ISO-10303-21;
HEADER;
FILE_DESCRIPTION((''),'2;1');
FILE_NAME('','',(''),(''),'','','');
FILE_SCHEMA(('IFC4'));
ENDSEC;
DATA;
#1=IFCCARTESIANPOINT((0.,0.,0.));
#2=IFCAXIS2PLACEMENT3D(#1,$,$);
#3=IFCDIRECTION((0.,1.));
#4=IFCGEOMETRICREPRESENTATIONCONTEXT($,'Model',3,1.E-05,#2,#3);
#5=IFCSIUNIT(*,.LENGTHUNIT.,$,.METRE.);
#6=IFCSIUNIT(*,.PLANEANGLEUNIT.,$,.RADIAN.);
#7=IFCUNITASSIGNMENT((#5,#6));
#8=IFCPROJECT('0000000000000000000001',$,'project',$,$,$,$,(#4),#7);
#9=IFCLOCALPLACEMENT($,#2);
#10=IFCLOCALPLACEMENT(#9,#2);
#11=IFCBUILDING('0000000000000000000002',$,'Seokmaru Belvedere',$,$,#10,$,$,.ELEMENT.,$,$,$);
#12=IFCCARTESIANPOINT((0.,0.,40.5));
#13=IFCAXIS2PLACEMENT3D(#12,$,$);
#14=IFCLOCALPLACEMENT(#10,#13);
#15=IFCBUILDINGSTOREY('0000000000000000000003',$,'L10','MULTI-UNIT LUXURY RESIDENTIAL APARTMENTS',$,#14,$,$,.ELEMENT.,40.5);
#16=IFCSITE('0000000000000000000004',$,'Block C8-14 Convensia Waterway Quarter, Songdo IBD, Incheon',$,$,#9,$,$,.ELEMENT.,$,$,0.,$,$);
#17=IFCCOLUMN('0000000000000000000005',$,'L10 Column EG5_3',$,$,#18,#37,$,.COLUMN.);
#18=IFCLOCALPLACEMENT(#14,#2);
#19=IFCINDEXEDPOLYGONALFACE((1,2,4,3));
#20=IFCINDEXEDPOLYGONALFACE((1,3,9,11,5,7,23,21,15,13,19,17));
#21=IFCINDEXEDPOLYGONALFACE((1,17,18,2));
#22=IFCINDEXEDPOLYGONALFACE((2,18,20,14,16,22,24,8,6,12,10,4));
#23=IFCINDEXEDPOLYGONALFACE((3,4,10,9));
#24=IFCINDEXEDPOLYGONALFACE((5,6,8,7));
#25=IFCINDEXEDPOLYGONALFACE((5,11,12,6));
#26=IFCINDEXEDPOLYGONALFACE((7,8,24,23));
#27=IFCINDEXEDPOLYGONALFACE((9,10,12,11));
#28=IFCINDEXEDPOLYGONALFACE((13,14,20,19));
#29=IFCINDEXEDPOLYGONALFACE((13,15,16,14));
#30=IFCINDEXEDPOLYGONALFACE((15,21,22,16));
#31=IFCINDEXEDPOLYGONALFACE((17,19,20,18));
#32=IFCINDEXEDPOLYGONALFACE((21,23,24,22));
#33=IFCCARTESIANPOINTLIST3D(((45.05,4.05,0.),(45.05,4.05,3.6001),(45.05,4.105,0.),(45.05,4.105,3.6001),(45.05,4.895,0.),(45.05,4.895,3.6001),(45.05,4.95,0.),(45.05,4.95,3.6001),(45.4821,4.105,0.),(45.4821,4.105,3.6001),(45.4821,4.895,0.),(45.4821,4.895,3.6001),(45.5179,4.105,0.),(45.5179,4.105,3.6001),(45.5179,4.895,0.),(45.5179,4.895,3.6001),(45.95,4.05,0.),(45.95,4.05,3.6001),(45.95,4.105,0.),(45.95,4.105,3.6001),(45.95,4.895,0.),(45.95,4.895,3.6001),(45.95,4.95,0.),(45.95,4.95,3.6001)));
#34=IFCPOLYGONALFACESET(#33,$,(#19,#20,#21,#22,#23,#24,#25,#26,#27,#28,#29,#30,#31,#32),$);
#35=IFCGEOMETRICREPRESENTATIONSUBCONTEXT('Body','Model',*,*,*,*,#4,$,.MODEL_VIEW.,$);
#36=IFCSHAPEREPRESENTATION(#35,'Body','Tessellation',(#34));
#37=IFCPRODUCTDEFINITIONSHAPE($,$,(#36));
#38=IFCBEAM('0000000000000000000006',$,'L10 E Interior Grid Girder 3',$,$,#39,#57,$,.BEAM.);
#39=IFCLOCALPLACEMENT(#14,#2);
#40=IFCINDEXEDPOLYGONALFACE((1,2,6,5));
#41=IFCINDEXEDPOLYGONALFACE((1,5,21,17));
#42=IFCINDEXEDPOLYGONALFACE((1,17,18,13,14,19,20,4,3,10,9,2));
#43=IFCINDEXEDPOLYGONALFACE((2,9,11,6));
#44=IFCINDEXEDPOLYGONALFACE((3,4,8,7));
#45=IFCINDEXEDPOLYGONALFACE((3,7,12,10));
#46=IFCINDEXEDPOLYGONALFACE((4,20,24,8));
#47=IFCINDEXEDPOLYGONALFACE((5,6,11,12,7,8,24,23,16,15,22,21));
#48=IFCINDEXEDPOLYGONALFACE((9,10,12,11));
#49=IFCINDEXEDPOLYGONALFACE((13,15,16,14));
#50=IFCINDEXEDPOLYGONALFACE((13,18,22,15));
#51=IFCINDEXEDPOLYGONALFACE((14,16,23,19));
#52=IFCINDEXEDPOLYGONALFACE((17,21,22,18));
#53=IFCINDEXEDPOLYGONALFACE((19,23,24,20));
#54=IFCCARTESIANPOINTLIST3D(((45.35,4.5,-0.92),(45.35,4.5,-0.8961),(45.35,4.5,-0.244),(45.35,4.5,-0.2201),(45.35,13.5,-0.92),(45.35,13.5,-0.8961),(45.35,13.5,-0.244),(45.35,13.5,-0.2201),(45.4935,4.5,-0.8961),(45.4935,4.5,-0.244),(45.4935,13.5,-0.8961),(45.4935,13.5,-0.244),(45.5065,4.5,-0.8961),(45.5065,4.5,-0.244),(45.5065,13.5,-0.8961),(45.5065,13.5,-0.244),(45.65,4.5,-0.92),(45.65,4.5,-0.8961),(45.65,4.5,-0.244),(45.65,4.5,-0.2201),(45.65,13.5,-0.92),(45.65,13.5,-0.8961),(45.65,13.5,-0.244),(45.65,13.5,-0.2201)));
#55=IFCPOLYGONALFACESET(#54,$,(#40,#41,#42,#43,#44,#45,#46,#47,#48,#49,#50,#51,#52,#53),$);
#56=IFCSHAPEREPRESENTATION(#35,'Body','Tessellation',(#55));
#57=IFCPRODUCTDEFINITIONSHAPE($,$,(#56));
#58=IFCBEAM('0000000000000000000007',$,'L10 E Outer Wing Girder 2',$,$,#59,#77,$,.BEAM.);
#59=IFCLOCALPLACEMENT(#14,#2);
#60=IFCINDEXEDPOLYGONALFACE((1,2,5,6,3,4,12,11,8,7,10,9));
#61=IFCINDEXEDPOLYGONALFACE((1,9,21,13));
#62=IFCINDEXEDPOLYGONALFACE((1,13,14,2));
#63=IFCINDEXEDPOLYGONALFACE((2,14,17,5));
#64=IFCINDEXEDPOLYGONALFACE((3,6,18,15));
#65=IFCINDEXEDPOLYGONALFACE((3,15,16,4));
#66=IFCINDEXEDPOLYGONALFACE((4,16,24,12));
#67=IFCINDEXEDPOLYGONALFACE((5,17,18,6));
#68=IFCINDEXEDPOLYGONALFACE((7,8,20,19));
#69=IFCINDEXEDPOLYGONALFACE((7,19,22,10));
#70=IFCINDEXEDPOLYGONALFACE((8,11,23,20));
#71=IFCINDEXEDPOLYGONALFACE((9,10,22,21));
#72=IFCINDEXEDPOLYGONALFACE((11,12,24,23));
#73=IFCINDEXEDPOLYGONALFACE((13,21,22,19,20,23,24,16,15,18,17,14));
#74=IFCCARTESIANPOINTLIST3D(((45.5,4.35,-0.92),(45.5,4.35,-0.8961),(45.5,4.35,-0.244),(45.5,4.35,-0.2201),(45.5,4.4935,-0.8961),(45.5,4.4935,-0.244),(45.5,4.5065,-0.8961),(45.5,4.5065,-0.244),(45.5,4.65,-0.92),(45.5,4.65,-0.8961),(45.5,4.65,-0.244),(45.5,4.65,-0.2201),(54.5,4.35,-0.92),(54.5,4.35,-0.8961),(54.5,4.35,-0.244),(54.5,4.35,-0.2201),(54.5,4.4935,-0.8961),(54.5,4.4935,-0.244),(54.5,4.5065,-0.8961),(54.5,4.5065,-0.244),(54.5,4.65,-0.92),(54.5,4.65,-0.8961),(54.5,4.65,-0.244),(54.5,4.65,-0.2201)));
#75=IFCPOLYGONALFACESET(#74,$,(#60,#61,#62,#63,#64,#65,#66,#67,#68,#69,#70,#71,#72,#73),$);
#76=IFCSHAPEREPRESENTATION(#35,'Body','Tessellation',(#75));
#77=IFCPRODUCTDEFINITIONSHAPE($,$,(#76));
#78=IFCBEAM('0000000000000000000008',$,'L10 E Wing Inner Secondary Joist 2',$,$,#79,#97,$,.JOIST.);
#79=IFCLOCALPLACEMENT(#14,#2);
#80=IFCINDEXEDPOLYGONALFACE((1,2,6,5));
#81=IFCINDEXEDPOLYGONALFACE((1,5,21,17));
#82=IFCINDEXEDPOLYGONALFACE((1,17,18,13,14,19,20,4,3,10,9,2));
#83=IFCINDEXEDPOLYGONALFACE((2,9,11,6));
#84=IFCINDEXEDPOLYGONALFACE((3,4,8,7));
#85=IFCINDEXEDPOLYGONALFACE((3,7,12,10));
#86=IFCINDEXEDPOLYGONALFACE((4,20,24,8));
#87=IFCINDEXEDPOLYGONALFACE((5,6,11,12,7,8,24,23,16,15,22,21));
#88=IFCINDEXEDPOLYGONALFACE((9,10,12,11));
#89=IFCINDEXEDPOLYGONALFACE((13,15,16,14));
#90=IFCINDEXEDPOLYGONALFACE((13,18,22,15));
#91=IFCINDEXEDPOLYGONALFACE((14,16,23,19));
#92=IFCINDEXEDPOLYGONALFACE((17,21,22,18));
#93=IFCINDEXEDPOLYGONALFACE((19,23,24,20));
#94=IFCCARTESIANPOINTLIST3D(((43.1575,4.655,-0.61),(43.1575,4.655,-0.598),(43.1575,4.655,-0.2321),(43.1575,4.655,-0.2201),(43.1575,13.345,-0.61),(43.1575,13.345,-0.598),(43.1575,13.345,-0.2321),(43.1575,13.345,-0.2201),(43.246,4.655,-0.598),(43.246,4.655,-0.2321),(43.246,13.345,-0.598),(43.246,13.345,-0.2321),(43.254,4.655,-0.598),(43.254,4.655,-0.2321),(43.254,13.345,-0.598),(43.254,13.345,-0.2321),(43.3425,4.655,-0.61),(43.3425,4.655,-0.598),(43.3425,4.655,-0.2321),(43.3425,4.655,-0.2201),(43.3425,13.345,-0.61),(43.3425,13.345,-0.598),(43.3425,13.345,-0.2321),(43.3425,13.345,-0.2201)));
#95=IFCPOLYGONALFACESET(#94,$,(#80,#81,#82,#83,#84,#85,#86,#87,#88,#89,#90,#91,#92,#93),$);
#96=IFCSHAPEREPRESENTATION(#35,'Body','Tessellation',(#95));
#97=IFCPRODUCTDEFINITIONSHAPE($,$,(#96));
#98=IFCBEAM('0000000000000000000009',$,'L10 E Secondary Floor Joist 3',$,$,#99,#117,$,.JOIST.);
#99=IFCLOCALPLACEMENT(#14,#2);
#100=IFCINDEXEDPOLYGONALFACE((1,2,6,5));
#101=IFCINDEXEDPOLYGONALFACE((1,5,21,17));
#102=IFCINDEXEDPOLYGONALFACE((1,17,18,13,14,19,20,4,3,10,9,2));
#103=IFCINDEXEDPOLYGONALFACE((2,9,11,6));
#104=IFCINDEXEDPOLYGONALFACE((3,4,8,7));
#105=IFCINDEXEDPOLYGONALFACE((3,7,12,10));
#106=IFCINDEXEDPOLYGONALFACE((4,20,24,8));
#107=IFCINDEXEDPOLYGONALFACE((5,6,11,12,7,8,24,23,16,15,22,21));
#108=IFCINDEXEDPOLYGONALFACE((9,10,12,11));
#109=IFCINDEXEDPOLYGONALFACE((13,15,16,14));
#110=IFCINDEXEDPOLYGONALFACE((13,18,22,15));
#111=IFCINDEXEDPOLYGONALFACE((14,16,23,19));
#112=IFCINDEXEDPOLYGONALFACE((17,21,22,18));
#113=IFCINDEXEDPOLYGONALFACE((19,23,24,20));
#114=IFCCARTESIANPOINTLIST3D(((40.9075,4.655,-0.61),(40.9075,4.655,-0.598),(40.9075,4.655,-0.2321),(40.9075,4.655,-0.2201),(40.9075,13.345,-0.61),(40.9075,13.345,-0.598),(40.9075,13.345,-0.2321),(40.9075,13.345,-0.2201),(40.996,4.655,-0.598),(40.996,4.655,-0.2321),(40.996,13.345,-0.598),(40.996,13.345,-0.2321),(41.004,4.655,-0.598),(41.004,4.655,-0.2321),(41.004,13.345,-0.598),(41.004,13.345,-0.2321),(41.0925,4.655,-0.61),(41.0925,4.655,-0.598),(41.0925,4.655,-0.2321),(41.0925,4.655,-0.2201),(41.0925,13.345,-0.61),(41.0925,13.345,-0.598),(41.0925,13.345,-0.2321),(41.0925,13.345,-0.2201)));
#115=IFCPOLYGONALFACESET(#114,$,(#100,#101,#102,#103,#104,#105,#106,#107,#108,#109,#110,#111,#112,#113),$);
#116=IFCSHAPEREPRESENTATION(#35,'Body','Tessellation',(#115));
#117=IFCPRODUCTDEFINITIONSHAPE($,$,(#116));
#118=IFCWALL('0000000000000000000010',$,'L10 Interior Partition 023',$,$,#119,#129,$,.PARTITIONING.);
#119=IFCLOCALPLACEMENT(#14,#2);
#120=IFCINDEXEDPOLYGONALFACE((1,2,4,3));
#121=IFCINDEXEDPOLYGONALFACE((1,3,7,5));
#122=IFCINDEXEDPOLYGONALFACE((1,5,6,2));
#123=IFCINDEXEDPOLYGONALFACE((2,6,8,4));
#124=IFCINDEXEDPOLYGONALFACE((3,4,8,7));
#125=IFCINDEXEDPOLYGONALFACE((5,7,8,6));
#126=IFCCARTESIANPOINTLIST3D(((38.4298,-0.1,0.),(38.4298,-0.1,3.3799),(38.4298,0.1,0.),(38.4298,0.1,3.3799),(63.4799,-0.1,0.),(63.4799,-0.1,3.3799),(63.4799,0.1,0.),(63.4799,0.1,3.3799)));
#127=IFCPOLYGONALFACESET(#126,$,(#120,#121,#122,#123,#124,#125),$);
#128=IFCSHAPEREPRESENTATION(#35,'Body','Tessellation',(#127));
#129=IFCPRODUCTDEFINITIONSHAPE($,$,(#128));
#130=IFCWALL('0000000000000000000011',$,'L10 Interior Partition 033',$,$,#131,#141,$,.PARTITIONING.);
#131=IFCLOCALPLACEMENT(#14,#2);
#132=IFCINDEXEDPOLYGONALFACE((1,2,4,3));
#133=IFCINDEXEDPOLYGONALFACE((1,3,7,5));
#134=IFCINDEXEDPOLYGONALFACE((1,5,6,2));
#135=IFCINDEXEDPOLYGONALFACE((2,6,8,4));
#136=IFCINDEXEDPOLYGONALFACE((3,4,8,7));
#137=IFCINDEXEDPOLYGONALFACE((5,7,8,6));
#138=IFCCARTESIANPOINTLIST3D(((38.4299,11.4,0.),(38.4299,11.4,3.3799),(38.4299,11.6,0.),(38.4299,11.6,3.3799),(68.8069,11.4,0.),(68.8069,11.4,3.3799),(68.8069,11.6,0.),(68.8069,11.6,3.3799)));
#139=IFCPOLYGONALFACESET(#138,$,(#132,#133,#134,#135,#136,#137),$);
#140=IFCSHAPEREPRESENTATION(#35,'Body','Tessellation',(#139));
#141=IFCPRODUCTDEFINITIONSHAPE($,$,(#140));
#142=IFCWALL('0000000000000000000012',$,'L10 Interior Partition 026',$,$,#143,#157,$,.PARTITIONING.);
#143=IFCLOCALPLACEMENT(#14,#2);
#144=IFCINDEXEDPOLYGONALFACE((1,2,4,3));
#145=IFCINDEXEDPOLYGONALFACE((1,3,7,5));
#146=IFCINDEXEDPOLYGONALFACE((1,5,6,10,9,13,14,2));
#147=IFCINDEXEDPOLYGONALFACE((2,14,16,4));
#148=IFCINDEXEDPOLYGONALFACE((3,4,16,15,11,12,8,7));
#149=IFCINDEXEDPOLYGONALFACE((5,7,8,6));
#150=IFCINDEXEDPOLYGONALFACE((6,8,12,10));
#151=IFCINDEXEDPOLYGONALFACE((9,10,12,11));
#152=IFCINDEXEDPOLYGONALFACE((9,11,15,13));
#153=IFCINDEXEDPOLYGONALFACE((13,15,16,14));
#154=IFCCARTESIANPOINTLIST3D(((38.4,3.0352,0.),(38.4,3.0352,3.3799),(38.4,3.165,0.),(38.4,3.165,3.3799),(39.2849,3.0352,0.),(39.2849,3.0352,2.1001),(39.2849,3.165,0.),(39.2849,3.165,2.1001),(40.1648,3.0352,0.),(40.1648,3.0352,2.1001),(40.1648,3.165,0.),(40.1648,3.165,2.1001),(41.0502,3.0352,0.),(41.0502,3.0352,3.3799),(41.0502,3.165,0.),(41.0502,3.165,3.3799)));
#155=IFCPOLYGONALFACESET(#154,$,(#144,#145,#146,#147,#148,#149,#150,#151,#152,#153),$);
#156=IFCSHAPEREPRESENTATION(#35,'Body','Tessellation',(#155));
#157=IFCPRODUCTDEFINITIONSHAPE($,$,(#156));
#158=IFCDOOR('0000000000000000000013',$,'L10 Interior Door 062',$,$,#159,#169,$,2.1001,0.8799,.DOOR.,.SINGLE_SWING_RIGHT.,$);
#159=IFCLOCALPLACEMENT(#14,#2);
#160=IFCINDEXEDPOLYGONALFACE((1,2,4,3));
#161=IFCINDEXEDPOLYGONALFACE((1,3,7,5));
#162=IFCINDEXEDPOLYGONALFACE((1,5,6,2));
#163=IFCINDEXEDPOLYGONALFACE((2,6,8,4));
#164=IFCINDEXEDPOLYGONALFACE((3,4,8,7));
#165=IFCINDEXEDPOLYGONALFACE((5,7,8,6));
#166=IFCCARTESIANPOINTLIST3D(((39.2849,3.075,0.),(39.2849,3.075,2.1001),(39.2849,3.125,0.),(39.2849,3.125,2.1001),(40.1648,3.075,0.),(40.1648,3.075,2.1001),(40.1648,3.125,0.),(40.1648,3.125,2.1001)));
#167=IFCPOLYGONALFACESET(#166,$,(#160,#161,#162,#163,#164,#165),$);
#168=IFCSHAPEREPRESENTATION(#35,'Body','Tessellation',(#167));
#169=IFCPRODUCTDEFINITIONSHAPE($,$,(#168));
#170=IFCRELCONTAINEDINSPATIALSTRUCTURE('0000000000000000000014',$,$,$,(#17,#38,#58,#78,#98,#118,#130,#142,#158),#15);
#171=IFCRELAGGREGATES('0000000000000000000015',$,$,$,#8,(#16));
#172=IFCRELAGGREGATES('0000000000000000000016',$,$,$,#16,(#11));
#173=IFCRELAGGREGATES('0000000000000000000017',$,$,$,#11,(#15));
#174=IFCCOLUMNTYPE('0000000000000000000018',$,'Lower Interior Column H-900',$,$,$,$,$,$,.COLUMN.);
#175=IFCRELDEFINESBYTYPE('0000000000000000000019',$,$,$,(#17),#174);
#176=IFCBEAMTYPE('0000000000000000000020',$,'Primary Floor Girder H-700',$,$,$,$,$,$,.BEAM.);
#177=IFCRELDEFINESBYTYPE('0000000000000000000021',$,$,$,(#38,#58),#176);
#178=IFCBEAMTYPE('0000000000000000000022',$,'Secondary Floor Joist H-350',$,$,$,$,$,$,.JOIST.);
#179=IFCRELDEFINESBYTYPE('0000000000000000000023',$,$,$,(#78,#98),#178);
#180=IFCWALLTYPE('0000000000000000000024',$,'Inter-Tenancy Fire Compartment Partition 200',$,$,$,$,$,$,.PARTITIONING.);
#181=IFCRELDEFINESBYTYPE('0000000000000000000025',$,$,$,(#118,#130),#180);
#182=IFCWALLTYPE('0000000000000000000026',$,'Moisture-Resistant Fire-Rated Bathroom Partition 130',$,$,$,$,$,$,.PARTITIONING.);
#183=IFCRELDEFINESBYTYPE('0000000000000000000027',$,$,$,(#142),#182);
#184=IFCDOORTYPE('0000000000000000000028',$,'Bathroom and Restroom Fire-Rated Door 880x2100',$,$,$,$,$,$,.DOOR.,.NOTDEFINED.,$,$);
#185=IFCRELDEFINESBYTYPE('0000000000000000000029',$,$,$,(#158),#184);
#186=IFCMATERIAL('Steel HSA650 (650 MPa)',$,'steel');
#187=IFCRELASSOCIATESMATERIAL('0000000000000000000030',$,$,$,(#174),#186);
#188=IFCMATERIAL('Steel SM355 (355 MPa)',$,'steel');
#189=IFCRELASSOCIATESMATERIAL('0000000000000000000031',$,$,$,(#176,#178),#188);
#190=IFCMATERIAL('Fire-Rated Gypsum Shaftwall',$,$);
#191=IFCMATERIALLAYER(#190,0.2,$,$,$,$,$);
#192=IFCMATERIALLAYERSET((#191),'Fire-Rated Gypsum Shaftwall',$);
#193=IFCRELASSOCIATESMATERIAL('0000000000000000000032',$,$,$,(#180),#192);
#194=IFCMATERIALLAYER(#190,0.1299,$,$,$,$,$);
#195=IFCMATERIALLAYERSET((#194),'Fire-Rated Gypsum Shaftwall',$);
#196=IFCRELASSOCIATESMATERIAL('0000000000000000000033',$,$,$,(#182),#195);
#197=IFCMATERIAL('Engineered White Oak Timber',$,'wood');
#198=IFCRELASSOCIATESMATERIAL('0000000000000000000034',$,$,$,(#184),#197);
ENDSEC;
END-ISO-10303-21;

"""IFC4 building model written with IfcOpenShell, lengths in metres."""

from ifc_helpers import new_model, si_unit, direction, frame, frame_2d, origin, origin_2d, place, context, subcontext, project, spatial, rectangle, i_section, extrude, source, transform, mapped, material, layer, layer_set, material_profile, profile_set, type_object, type_shapes, element, fill, save


model = new_model("IFC4")

# Units and contexts
model_context = context("Model", 3, precision=1e-05, world=origin(), true_north=direction((0.0, 1.0)))
body_context = subcontext(model_context, "Body", "Model", "MODEL_VIEW")
ifc_project = project(units=[si_unit("LENGTHUNIT", "METRE"), si_unit("PLANEANGLEUNIT", "RADIAN")], contexts=[model_context])

# Site, building, storey
site_placement = place(None, origin())
site = spatial("IfcSite", under=ifc_project, at=site_placement, Name="Block C8-14 Convensia Waterway Quarter, Songdo IBD, Incheon", CompositionType="ELEMENT", RefElevation=0.0)
building_placement = place(site_placement, origin())
building = spatial("IfcBuilding", under=site, at=building_placement, Name="Seokmaru Belvedere", CompositionType="ELEMENT")
storey_placement = place(building_placement, frame((0.0, 0.0, 40.5)))
storey = spatial("IfcBuildingStorey", under=building, at=storey_placement, Name="L10", Description="MULTI-UNIT LUXURY RESIDENTIAL APARTMENTS", CompositionType="ELEMENT", Elevation=40.5)

# Column
ifc_material_1 = material(Name="Steel HSA650 (650 MPa)", Category="steel")
ifc_material_profile_1 = material_profile(ifc_material_1, i_section(OverallWidth=0.8999, OverallDepth=0.8999, WebThickness=0.0359, FlangeThickness=0.0549, at=origin_2d()), Name="H-900x900x36x55")
ifc_profile_set_1 = profile_set([ifc_material_profile_1], Name="Steel HSA650 (650 MPa)")
column_type = type_object("IfcColumnType", Name="Lower Interior Column H-900", PredefinedType="COLUMN", material=ifc_profile_set_1)
shared_shape_1 = source(origin(), body_context, "Body", "SweptSolid", [
    extrude(i_section(OverallWidth=0.8999, OverallDepth=0.8999, WebThickness=0.0359, FlangeThickness=0.0549, at=origin_2d()), origin(), (0.0, 0.0, 1.0), 3.6001),
])
type_shapes(column_type, [shared_shape_1])
column_placement = place(storey_placement, frame((45.5, 4.5, 0.0), z_axis=(0.0, 0.0, 1.0), x_axis=(1.0, 0.0, 0.0)))
element("IfcColumn", 1, at=column_placement, inside=storey, type_object=column_type, Name="L10 Column EG5_3", PredefinedType="COLUMN", context=body_context, shape_type="MappedRepresentation", body=[
    mapped(shared_shape_1, transform((0.0, 0.0, 0.0), scale=1.0)),
])

# Beams
ifc_material_2 = material(Name="Steel SM355 (355 MPa)", Category="steel")
ifc_material_profile_2 = material_profile(ifc_material_2, i_section(OverallWidth=0.3, OverallDepth=0.7, WebThickness=0.0129, FlangeThickness=0.0239, at=origin_2d()), Name="H-700x300x13x24")
ifc_profile_set_2 = profile_set([ifc_material_profile_2], Name="Steel SM355 (355 MPa)")
beam_type_1 = type_object("IfcBeamType", Name="Primary Floor Girder H-700", PredefinedType="BEAM", material=ifc_profile_set_2)
shared_shape_2 = source(origin(), body_context, "Body", "SweptSolid", [
    extrude(i_section(OverallWidth=0.3, OverallDepth=0.7, WebThickness=0.0129, FlangeThickness=0.0239, at=origin_2d()), origin(), (0.0, 0.0, 1.0), 9.0),
])
type_shapes(beam_type_1, [shared_shape_2])
for number, where, z_axis, x_axis, name in (
    (2, (45.5, 4.5, -0.5701), (0.0, 1.0, 0.0), (-1.0, 0.0, 0.0), "L10 E Interior Grid Girder 3"),
    (3, (45.5, 4.5, -0.5701), (1.0, 0.0, 0.0), (0.0, 1.0, 0.0), "L10 E Outer Wing Girder 2"),
):
    element("IfcBeam", number, at=place(storey_placement, frame(where, z_axis=z_axis, x_axis=x_axis)), inside=storey, type_object=beam_type_1, Name=name, PredefinedType="BEAM", context=body_context, shape_type="MappedRepresentation", body=[
        mapped(shared_shape_2, transform((0.0, 0.0, 0.0), scale=1.0)),
    ])
ifc_material_profile_3 = material_profile(ifc_material_2, i_section(OverallWidth=0.1851, OverallDepth=0.3899, WebThickness=0.0081, FlangeThickness=0.012, at=origin_2d()), Name="H-390x185x8x12")
ifc_profile_set_3 = profile_set([ifc_material_profile_3], Name="Steel SM355 (355 MPa)")
beam_type_2 = type_object("IfcBeamType", Name="Secondary Floor Joist H-350", PredefinedType="JOIST", material=ifc_profile_set_3)
shared_shape_3 = source(origin(), body_context, "Body", "SweptSolid", [
    extrude(i_section(OverallWidth=0.1851, OverallDepth=0.3899, WebThickness=0.0081, FlangeThickness=0.012, at=origin_2d()), origin(), (0.0, 0.0, 1.0), 8.6899),
])
type_shapes(beam_type_2, [shared_shape_3])
for number, where, z_axis, x_axis, name in (
    (4, (43.25, 4.655, -0.415), (0.0, 1.0, 0.0), (-1.0, 0.0, 0.0), "L10 E Wing Inner Secondary Joist 2"),
    (5, (41.0, 4.655, -0.415), (0.0, 1.0, 0.0), (-1.0, 0.0, 0.0), "L10 E Secondary Floor Joist 3"),
):
    element("IfcBeam", number, at=place(storey_placement, frame(where, z_axis=z_axis, x_axis=x_axis)), inside=storey, type_object=beam_type_2, Name=name, PredefinedType="JOIST", context=body_context, shape_type="MappedRepresentation", body=[
        mapped(shared_shape_3, transform((0.0, 0.0, 0.0), scale=1.0)),
    ])

# Shared definitions
ifc_material_3 = material(Name="Fire-Rated Gypsum Shaftwall")

# Walls
ifc_layer_1 = layer(ifc_material_3, 0.2)
ifc_layer_set_1 = layer_set([ifc_layer_1], Name="Fire-Rated Gypsum Shaftwall")
wall_type_1 = type_object("IfcWallType", Name="Inter-Tenancy Fire Compartment Partition 200", PredefinedType="PARTITIONING", material=ifc_layer_set_1)
wall_1_placement = place(storey_placement, frame((38.4299, 0.0, 0.0), z_axis=(0.0, 0.0, 1.0), x_axis=(1.0, 0.0, 0.0)))
element("IfcWall", 6, at=wall_1_placement, inside=storey, type_object=wall_type_1, Name="L10 Interior Partition 023", PredefinedType="PARTITIONING", context=body_context, shape_type="SweptSolid", body=[
    extrude(rectangle(XDim=25.05, YDim=0.2, at=frame_2d((12.5249, 0.0))), origin(), (0.0, 0.0, 1.0), 3.3799),
])
wall_2_placement = place(storey_placement, frame((38.4299, 11.5, 0.0), z_axis=(0.0, 0.0, 1.0), x_axis=(1.0, 0.0, 0.0)))
element("IfcWall", 7, at=wall_2_placement, inside=storey, type_object=wall_type_1, Name="L10 Interior Partition 033", PredefinedType="PARTITIONING", context=body_context, shape_type="SweptSolid", body=[
    extrude(rectangle(XDim=30.377, YDim=0.2, at=frame_2d((15.1885, 0.0))), origin(), (0.0, 0.0, 1.0), 3.3799),
])

# Wall, opening, door
ifc_layer_2 = layer(ifc_material_3, 0.1299)
ifc_layer_set_2 = layer_set([ifc_layer_2], Name="Fire-Rated Gypsum Shaftwall")
wall_type_2 = type_object("IfcWallType", Name="Moisture-Resistant Fire-Rated Bathroom Partition 130", PredefinedType="PARTITIONING", material=ifc_layer_set_2)
wall_3_placement = place(storey_placement, frame((38.3999, 3.1001, 0.0), z_axis=(0.0, 0.0, 1.0), x_axis=(1.0, 0.0, 0.0)))
wall_3 = element("IfcWall", 8, at=wall_3_placement, inside=storey, type_object=wall_type_2, Name="L10 Interior Partition 026", PredefinedType="PARTITIONING", context=body_context, shape_type="SweptSolid", body=[
    extrude(rectangle(XDim=2.6501, YDim=0.1299, at=frame_2d((1.3252, 0.0))), origin(), (0.0, 0.0, 1.0), 3.3799),
])
opening_1_placement = place(wall_3_placement, frame((0.885, 0.0, 0.0)))
opening_1 = element("IfcOpeningElement", 9, at=opening_1_placement, cuts=wall_3, PredefinedType="OPENING", context=body_context, shape_type="SweptSolid", body=[
    extrude(rectangle(XDim=0.8799, YDim=2.1001, at=frame_2d((0.4399, 1.05))), frame((0.0, 0.075, 0.0), z_axis=(0.0, -1.0, 0.0), x_axis=(1.0, 0.0, 0.0)), (0.0, 0.0, 1.0), 0.1499),
])
ifc_material_4 = material(Name="Engineered White Oak Timber", Category="wood")
door_type = type_object("IfcDoorType", Name="Bathroom and Restroom Fire-Rated Door 880x2100", OperationType="NOTDEFINED", PredefinedType="DOOR", material=ifc_material_4)
shared_shape_4 = source(origin(), body_context, "Body", "SweptSolid", [
    extrude(rectangle(XDim=0.8799, YDim=2.1001, at=frame_2d((0.4399, 1.05))), frame((0.0, 0.0249, 0.0), z_axis=(0.0, -1.0, 0.0), x_axis=(1.0, 0.0, 0.0)), (0.0, 0.0, 1.0), 0.05),
])
type_shapes(door_type, [shared_shape_4])
door_placement = place(opening_1_placement, origin())
door = element("IfcDoor", 10, at=door_placement, inside=storey, type_object=door_type, Name="L10 Interior Door 062", OperationType="SINGLE_SWING_RIGHT", OverallHeight=2.1001, OverallWidth=0.8799, PredefinedType="DOOR", context=body_context, shape_type="MappedRepresentation", body=[
    mapped(shared_shape_4, transform((0.0, 0.0, 0.0), scale=1.0)),
])
fill(opening_1, door)

save(model, "model.ifc")
